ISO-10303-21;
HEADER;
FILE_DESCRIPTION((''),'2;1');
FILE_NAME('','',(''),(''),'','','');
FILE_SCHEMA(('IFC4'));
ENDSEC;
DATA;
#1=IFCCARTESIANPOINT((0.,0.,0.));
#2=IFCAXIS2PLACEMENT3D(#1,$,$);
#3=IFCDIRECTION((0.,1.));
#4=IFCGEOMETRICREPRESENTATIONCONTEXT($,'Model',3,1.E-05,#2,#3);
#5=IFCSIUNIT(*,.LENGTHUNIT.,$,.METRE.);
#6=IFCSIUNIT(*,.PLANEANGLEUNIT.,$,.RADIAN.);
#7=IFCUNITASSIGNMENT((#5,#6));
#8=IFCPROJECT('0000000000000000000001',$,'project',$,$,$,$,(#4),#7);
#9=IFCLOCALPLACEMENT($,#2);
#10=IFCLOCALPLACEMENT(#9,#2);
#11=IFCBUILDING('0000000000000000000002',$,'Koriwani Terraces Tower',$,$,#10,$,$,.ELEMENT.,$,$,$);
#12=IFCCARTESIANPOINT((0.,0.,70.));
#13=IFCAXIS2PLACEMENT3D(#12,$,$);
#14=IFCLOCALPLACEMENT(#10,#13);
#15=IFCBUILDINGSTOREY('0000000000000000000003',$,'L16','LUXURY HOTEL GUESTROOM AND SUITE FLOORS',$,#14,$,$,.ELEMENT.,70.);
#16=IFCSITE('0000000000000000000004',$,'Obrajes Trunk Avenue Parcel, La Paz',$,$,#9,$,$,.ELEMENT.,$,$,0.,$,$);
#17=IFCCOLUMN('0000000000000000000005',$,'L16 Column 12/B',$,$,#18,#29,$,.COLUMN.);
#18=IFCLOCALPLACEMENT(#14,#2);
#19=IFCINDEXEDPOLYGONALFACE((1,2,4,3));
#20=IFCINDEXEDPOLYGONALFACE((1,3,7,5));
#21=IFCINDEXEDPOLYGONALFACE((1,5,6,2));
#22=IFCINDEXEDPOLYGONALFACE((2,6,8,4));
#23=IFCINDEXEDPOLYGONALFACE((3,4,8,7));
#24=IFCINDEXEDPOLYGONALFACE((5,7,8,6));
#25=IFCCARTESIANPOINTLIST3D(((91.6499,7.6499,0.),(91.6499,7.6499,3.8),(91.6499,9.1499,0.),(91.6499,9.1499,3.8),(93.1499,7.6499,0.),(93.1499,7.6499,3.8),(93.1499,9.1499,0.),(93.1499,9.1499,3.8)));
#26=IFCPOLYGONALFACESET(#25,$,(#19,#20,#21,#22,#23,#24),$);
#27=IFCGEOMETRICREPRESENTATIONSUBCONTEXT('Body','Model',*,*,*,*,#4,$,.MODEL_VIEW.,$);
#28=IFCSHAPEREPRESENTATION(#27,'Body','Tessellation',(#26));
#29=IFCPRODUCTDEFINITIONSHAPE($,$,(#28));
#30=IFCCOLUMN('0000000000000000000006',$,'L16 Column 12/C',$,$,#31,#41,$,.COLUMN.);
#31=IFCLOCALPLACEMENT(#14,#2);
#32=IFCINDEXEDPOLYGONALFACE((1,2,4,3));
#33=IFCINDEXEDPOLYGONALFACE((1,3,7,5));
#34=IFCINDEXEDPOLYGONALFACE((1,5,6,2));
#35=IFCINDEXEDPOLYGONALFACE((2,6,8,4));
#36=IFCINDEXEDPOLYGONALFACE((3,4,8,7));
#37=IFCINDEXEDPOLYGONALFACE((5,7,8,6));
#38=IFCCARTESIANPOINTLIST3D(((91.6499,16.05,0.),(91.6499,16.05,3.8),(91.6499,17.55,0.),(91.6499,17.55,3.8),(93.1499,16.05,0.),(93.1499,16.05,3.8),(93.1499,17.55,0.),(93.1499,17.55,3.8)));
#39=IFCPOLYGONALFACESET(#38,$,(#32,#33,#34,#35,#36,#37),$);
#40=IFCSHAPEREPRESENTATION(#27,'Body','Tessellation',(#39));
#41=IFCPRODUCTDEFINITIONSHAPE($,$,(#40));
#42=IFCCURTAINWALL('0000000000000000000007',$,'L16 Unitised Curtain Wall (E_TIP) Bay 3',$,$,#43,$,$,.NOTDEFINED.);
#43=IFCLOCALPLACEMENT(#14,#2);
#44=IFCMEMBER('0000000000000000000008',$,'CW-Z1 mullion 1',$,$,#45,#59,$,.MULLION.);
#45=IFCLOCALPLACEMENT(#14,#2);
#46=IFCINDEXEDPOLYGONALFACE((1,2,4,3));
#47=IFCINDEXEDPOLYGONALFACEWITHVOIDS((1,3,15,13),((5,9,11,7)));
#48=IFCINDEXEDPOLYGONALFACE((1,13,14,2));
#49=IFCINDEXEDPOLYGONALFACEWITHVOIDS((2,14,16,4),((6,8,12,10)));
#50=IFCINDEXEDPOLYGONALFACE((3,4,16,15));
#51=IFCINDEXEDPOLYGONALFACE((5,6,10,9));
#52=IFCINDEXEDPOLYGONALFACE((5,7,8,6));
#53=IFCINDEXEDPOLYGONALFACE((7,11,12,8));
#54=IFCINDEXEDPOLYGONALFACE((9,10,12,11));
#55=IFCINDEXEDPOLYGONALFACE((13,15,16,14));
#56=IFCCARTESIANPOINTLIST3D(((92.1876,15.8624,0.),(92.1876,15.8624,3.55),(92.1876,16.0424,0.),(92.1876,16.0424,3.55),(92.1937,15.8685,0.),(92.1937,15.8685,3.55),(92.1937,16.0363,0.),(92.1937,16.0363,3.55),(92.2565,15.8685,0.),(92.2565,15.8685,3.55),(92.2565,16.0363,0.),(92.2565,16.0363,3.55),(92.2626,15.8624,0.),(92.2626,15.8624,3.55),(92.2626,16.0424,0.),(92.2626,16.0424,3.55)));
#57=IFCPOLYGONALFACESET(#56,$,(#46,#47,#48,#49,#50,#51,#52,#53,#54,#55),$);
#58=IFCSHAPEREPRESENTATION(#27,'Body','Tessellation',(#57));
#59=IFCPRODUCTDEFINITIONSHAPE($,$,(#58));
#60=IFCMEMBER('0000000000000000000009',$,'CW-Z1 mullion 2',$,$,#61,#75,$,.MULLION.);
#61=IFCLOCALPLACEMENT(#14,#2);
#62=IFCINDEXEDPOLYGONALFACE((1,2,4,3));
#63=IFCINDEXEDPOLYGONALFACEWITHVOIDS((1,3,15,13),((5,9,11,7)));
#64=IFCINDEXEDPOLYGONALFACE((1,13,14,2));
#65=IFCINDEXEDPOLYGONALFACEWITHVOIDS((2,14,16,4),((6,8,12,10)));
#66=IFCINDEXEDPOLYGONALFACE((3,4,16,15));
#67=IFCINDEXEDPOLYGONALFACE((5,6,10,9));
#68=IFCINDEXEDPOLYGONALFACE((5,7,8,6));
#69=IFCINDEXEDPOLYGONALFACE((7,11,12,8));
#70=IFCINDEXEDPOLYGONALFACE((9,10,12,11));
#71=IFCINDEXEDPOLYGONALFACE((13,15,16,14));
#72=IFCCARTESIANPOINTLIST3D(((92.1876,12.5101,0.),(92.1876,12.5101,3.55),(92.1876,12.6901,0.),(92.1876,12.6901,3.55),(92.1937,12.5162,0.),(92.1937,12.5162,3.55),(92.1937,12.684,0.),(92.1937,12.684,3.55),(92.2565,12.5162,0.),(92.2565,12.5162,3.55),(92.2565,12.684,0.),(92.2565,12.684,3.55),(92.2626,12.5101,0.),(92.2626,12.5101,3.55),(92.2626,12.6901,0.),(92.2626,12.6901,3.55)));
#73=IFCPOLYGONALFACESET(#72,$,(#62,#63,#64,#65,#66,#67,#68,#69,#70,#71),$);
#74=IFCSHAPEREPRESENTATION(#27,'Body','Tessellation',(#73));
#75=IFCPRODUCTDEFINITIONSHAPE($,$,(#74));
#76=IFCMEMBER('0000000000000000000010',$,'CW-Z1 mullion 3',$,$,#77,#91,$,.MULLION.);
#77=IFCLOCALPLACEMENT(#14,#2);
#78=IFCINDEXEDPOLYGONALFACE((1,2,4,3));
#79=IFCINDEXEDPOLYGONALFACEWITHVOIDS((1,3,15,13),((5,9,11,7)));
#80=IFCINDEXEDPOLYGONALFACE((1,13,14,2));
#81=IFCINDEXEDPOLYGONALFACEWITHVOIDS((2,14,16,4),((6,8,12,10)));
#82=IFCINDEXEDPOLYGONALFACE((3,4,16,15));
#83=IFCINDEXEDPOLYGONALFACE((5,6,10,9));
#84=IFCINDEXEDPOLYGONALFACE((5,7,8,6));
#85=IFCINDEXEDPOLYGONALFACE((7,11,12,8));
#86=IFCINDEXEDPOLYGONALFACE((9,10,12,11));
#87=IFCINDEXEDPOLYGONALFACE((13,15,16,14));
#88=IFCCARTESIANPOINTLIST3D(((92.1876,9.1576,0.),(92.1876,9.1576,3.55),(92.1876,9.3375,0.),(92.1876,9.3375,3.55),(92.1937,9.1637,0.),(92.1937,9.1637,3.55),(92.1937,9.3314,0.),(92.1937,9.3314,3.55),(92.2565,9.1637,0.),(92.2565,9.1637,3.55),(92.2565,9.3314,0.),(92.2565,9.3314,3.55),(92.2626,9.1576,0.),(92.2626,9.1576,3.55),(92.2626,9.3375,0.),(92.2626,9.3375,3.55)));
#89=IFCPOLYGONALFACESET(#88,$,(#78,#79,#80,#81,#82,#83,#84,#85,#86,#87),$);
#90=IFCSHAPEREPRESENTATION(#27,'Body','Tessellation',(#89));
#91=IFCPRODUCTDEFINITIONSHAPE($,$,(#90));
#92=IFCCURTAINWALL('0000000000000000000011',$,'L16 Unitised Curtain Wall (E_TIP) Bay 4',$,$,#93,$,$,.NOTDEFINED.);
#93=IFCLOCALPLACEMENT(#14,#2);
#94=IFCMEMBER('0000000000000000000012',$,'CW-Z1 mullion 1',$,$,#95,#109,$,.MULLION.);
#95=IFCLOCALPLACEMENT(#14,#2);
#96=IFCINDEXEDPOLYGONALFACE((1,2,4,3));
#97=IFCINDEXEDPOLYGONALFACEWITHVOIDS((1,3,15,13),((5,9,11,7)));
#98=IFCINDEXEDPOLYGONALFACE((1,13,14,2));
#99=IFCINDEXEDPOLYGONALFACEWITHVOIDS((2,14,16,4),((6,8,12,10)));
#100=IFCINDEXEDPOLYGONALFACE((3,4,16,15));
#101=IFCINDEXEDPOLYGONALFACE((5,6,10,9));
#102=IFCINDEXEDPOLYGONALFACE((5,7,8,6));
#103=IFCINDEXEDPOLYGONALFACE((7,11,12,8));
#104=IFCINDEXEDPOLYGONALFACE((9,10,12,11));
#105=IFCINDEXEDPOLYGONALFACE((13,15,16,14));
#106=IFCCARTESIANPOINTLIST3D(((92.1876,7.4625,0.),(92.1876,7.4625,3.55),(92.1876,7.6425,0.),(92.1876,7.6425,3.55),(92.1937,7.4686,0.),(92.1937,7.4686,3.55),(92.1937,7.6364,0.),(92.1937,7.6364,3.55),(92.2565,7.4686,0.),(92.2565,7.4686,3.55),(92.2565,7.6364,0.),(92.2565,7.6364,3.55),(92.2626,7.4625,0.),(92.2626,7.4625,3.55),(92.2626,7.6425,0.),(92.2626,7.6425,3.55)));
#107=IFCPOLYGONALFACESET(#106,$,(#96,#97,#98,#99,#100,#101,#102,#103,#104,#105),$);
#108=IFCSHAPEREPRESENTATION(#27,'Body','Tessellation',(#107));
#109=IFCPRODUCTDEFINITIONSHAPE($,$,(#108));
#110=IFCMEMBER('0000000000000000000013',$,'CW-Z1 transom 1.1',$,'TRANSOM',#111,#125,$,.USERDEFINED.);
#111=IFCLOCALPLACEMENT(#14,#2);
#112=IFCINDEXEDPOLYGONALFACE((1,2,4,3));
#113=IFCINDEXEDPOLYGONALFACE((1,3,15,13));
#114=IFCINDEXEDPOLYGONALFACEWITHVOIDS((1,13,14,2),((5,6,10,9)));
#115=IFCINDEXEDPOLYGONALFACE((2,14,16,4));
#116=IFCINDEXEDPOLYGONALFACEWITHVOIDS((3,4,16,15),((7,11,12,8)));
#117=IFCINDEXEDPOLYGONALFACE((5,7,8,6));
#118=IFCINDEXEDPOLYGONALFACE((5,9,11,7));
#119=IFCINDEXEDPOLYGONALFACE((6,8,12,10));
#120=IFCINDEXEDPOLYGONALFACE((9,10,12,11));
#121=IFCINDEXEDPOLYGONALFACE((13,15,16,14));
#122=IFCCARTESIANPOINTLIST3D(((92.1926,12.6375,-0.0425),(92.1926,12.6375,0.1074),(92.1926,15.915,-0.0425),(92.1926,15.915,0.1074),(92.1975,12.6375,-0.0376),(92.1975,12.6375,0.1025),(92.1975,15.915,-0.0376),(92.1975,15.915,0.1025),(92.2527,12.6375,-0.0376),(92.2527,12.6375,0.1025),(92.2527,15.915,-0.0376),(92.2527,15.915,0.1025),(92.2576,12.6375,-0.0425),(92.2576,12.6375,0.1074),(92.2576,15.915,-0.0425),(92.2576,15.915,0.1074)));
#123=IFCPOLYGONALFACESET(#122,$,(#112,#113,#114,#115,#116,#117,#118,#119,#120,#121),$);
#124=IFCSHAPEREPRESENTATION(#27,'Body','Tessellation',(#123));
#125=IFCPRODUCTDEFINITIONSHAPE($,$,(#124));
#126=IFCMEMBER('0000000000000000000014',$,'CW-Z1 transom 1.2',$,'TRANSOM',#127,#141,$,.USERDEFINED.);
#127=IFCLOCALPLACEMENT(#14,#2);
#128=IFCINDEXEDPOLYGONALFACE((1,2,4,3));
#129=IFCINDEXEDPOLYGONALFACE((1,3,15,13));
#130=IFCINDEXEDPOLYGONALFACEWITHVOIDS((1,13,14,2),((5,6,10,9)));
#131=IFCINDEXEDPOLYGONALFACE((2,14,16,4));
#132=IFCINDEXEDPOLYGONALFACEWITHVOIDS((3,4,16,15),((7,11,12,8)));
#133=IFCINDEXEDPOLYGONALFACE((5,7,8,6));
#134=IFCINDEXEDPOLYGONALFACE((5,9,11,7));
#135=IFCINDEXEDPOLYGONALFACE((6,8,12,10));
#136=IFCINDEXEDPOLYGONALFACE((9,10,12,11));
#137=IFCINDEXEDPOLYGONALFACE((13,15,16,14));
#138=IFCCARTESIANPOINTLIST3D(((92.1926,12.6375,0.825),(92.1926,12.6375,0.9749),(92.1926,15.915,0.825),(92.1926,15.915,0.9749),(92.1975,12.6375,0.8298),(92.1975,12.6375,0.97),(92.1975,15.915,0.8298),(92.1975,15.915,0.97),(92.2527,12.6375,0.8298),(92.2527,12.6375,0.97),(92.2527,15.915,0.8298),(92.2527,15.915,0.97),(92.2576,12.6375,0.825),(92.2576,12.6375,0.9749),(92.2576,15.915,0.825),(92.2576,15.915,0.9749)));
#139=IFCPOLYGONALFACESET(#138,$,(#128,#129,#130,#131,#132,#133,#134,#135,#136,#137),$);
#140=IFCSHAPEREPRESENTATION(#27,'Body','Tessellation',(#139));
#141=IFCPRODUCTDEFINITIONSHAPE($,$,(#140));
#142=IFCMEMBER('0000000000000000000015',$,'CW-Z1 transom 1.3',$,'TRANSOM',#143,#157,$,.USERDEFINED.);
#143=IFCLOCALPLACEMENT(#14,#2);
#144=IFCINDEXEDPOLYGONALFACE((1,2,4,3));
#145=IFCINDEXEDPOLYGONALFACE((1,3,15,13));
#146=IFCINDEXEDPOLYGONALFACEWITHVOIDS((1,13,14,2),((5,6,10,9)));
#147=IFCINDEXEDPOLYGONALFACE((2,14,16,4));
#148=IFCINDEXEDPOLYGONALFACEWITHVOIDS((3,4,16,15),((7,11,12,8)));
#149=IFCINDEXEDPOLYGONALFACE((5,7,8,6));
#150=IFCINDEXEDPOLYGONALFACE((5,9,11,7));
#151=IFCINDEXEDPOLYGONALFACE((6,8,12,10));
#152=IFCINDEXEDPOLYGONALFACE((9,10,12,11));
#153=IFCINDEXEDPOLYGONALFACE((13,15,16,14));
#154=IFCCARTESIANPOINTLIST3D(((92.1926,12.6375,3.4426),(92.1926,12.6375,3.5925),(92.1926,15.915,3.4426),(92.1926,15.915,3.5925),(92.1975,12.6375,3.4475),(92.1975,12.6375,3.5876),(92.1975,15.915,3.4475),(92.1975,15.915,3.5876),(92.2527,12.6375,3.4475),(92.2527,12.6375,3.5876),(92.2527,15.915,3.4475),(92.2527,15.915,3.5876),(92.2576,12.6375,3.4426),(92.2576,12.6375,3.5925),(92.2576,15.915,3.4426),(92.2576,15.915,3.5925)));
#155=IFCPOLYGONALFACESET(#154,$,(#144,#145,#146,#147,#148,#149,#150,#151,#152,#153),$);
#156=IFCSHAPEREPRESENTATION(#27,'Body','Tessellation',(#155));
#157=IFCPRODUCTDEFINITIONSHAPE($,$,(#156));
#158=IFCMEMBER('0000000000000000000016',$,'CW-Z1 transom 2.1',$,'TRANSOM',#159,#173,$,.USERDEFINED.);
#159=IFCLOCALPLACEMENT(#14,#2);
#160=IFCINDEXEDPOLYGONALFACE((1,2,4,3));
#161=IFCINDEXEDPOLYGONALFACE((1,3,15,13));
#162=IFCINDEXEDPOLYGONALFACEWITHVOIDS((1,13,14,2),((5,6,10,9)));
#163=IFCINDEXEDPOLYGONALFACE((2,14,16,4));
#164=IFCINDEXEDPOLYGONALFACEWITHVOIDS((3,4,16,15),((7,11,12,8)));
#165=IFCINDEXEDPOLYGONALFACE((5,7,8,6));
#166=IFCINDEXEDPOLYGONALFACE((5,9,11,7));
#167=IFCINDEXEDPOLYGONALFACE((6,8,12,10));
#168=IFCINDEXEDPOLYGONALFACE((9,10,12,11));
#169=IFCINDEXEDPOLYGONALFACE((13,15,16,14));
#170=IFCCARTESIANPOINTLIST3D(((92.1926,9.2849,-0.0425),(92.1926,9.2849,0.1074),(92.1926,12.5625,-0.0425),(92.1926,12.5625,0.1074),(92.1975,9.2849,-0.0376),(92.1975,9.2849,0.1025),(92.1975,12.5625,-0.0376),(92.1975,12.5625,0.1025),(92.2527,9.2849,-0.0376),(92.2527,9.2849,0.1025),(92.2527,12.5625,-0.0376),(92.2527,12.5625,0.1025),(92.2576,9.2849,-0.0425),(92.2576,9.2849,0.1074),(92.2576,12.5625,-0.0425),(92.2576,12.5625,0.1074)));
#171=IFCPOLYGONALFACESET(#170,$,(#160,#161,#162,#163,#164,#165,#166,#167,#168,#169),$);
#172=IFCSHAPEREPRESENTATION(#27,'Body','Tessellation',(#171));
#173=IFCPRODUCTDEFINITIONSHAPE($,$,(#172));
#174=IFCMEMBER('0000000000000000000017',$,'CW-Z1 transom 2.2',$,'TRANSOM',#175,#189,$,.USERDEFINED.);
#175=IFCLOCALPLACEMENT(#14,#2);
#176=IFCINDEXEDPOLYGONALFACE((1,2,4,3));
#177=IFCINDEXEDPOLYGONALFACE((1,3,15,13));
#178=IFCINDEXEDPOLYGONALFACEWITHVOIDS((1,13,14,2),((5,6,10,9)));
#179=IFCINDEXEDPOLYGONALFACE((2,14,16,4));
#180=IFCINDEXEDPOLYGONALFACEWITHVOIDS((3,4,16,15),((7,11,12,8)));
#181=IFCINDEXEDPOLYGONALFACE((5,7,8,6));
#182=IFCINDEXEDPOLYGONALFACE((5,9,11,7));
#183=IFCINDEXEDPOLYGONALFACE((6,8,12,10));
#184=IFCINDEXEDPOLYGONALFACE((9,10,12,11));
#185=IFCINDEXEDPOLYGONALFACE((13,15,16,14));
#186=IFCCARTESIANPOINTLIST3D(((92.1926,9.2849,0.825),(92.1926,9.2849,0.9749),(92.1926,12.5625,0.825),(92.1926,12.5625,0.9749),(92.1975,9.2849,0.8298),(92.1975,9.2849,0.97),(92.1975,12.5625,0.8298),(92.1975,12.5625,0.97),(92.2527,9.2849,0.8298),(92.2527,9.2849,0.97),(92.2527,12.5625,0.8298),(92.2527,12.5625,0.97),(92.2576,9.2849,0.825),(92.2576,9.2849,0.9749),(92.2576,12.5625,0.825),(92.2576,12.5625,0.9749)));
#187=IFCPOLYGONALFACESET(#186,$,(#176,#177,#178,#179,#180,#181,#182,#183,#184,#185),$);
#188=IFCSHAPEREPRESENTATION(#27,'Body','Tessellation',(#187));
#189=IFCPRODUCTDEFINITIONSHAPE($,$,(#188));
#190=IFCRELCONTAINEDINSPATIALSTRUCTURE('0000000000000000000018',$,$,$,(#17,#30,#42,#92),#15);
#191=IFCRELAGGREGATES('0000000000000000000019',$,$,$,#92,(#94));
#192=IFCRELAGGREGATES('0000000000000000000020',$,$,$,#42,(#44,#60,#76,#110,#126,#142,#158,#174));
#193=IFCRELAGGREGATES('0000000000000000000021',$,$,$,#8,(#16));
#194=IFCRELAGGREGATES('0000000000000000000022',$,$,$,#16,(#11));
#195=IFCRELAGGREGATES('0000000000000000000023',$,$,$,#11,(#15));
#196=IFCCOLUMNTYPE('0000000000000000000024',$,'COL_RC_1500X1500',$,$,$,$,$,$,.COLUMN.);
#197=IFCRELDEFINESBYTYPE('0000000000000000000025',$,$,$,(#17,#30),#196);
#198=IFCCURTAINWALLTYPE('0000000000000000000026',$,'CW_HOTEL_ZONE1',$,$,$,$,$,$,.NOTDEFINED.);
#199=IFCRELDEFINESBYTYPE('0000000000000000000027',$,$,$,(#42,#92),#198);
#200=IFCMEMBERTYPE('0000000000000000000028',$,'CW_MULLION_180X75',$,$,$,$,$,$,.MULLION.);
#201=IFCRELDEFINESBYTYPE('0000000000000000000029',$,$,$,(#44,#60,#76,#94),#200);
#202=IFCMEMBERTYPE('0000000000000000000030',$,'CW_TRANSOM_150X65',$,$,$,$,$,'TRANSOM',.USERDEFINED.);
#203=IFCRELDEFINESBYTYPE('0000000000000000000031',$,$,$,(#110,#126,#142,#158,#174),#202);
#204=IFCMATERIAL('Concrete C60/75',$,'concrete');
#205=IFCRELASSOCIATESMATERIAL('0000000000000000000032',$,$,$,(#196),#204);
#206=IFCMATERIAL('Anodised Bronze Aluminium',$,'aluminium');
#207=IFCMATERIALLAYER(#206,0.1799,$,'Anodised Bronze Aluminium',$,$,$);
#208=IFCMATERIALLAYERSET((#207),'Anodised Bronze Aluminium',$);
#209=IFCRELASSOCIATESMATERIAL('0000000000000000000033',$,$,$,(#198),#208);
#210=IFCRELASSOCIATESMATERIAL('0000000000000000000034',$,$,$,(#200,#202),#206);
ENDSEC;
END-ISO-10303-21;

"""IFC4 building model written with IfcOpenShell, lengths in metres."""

from ifc_helpers import new_model, si_unit, direction, frame, origin, origin_2d, place, context, subcontext, project, spatial, rectangle, hollow_rectangle, extrude, material, layer, layer_set, material_profile, profile_set, type_object, element, aggregate, save


model = new_model("IFC4")

# Units and contexts
model_context = context("Model", 3, precision=1e-05, world=origin(), true_north=direction((0.0, 1.0)))
body_context = subcontext(model_context, "Body", "Model", "MODEL_VIEW")
ifc_project = project(units=[si_unit("LENGTHUNIT", "METRE"), si_unit("PLANEANGLEUNIT", "RADIAN")], contexts=[model_context])

# Site, building, storey
site_placement = place(None, origin())
site = spatial("IfcSite", under=ifc_project, at=site_placement, Name="Obrajes Trunk Avenue Parcel, La Paz", CompositionType="ELEMENT", RefElevation=0.0)
building_placement = place(site_placement, origin())
building = spatial("IfcBuilding", under=site, at=building_placement, Name="Koriwani Terraces Tower", CompositionType="ELEMENT")
storey_placement = place(building_placement, frame((0.0, 0.0, 70.0)))
storey = spatial("IfcBuildingStorey", under=building, at=storey_placement, Name="L16", Description="LUXURY HOTEL GUESTROOM AND SUITE FLOORS", CompositionType="ELEMENT", Elevation=70.0)

# Columns
ifc_material_1 = material(Name="Concrete C60/75", Category="concrete")
ifc_material_profile_1 = material_profile(ifc_material_1, rectangle(XDim=1.5, YDim=1.5, at=origin_2d()), Name="Concrete C60/75", Category="LoadBearing")
ifc_profile_set_1 = profile_set([ifc_material_profile_1], Name="Concrete C60/75")
column_type = type_object("IfcColumnType", Name="COL_RC_1500X1500", PredefinedType="COLUMN", material=ifc_profile_set_1)
for number, where, z_axis, x_axis, name in (
    (1, (92.3999, 8.3999, 0.0), (0.0, 0.0, 1.0), (1.0, 0.0, 0.0), "L16 Column 12/B"),
    (2, (92.3999, 16.8, 0.0), (0.0, 0.0, 1.0), (1.0, 0.0, 0.0), "L16 Column 12/C"),
):
    element("IfcColumn", number, at=place(storey_placement, frame(where, z_axis=z_axis, x_axis=x_axis)), inside=storey, type_object=column_type, Name=name, PredefinedType="COLUMN", context=body_context, shape_type="SweptSolid", body=[
        extrude(rectangle(XDim=1.5, YDim=1.5, at=origin_2d()), origin(), (0.0, 0.0, 1.0), 3.8),
    ])

# Curtain wall, members
ifc_material_2 = material(Name="Anodised Bronze Aluminium", Category="aluminium")
ifc_layer_1 = layer(ifc_material_2, 0.1799, Name="Anodised Bronze Aluminium")
ifc_layer_set_1 = layer_set([ifc_layer_1], Name="Anodised Bronze Aluminium")
curtain_wall_type = type_object("IfcCurtainWallType", Name="CW_HOTEL_ZONE1", PredefinedType="NOTDEFINED", material=ifc_layer_set_1)
curtain_wall_1_placement = place(storey_placement, origin())
curtain_wall_1 = element("IfcCurtainWall", 3, at=curtain_wall_1_placement, inside=storey, type_object=curtain_wall_type, Name="L16 Unitised Curtain Wall (E_TIP) Bay 3", PredefinedType="NOTDEFINED")
ifc_material_profile_2 = material_profile(ifc_material_2, hollow_rectangle(XDim=0.075, YDim=0.1799, WallThickness=0.0061, at=origin_2d()), Name="Anodised Bronze Aluminium", Category="LoadBearing")
ifc_profile_set_2 = profile_set([ifc_material_profile_2], Name="Anodised Bronze Aluminium")
member_type_1 = type_object("IfcMemberType", Name="CW_MULLION_180X75", PredefinedType="MULLION", material=ifc_profile_set_2)
member_1_placement = place(storey_placement, frame((92.2251, 15.9524, 0.0), z_axis=(0.0, 0.0, 1.0), x_axis=(1.0, 0.0, 0.0)))
member_1 = element("IfcMember", 4, at=member_1_placement, type_object=member_type_1, Name="CW-Z1 mullion 1", PredefinedType="MULLION", context=body_context, shape_type="SweptSolid", body=[
    extrude(hollow_rectangle(XDim=0.075, YDim=0.1799, WallThickness=0.0061, at=origin_2d()), origin(), (0.0, 0.0, 1.0), 3.55),
])
member_2_placement = place(storey_placement, frame((92.2251, 12.6001, 0.0), z_axis=(0.0, 0.0, 1.0), x_axis=(1.0, 0.0, 0.0)))
member_2 = element("IfcMember", 5, at=member_2_placement, type_object=member_type_1, Name="CW-Z1 mullion 2", PredefinedType="MULLION", context=body_context, shape_type="SweptSolid", body=[
    extrude(hollow_rectangle(XDim=0.075, YDim=0.1799, WallThickness=0.0061, at=origin_2d()), origin(), (0.0, 0.0, 1.0), 3.55),
])
member_3_placement = place(storey_placement, frame((92.2251, 9.2476, 0.0), z_axis=(0.0, 0.0, 1.0), x_axis=(1.0, 0.0, 0.0)))
member_3 = element("IfcMember", 6, at=member_3_placement, type_object=member_type_1, Name="CW-Z1 mullion 3", PredefinedType="MULLION", context=body_context, shape_type="SweptSolid", body=[
    extrude(hollow_rectangle(XDim=0.075, YDim=0.1799, WallThickness=0.0061, at=origin_2d()), origin(), (0.0, 0.0, 1.0), 3.55),
])

# Curtain wall, member
curtain_wall_2_placement = place(storey_placement, origin())
curtain_wall_2 = element("IfcCurtainWall", 7, at=curtain_wall_2_placement, inside=storey, type_object=curtain_wall_type, Name="L16 Unitised Curtain Wall (E_TIP) Bay 4", PredefinedType="NOTDEFINED")
member_4_placement = place(storey_placement, frame((92.2251, 7.5525, 0.0), z_axis=(0.0, 0.0, 1.0), x_axis=(1.0, 0.0, 0.0)))
member_4 = element("IfcMember", 8, at=member_4_placement, type_object=member_type_1, Name="CW-Z1 mullion 1", PredefinedType="MULLION", context=body_context, shape_type="SweptSolid", body=[
    extrude(hollow_rectangle(XDim=0.075, YDim=0.1799, WallThickness=0.0061, at=origin_2d()), origin(), (0.0, 0.0, 1.0), 3.55),
])
aggregate(curtain_wall_2, [member_4])

# Members
ifc_material_profile_3 = material_profile(ifc_material_2, hollow_rectangle(XDim=0.0649, YDim=0.1499, WallThickness=0.0049, at=origin_2d()), Name="Anodised Bronze Aluminium", Category="LoadBearing")
ifc_profile_set_3 = profile_set([ifc_material_profile_3], Name="Anodised Bronze Aluminium")
member_type_2 = type_object("IfcMemberType", Name="CW_TRANSOM_150X65", ElementType="TRANSOM", PredefinedType="USERDEFINED", material=ifc_profile_set_3)
member_5_placement = place(storey_placement, frame((92.2251, 15.915, 0.0325), z_axis=(0.0, -1.0, 0.0), x_axis=(1.0, 0.0, 0.0)))
member_5 = element("IfcMember", 9, at=member_5_placement, type_object=member_type_2, Name="CW-Z1 transom 1.1", ObjectType="TRANSOM", PredefinedType="USERDEFINED", context=body_context, shape_type="SweptSolid", body=[
    extrude(hollow_rectangle(XDim=0.0649, YDim=0.1499, WallThickness=0.0049, at=origin_2d()), origin(), (0.0, 0.0, 1.0), 3.2776),
])
member_6_placement = place(storey_placement, frame((92.2251, 15.915, 0.8999), z_axis=(0.0, -1.0, 0.0), x_axis=(1.0, 0.0, 0.0)))
member_6 = element("IfcMember", 10, at=member_6_placement, type_object=member_type_2, Name="CW-Z1 transom 1.2", ObjectType="TRANSOM", PredefinedType="USERDEFINED", context=body_context, shape_type="SweptSolid", body=[
    extrude(hollow_rectangle(XDim=0.0649, YDim=0.1499, WallThickness=0.0049, at=origin_2d()), origin(), (0.0, 0.0, 1.0), 3.2776),
])
member_7_placement = place(storey_placement, frame((92.2251, 15.915, 3.5176), z_axis=(0.0, -1.0, 0.0), x_axis=(1.0, 0.0, 0.0)))
member_7 = element("IfcMember", 11, at=member_7_placement, type_object=member_type_2, Name="CW-Z1 transom 1.3", ObjectType="TRANSOM", PredefinedType="USERDEFINED", context=body_context, shape_type="SweptSolid", body=[
    extrude(hollow_rectangle(XDim=0.0649, YDim=0.1499, WallThickness=0.0049, at=origin_2d()), origin(), (0.0, 0.0, 1.0), 3.2776),
])
member_8_placement = place(storey_placement, frame((92.2251, 12.5625, 0.0325), z_axis=(0.0, -1.0, 0.0), x_axis=(1.0, 0.0, 0.0)))
member_8 = element("IfcMember", 12, at=member_8_placement, type_object=member_type_2, Name="CW-Z1 transom 2.1", ObjectType="TRANSOM", PredefinedType="USERDEFINED", context=body_context, shape_type="SweptSolid", body=[
    extrude(hollow_rectangle(XDim=0.0649, YDim=0.1499, WallThickness=0.0049, at=origin_2d()), origin(), (0.0, 0.0, 1.0), 3.2776),
])
member_9_placement = place(storey_placement, frame((92.2251, 12.5625, 0.8999), z_axis=(0.0, -1.0, 0.0), x_axis=(1.0, 0.0, 0.0)))
member_9 = element("IfcMember", 13, at=member_9_placement, type_object=member_type_2, Name="CW-Z1 transom 2.2", ObjectType="TRANSOM", PredefinedType="USERDEFINED", context=body_context, shape_type="SweptSolid", body=[
    extrude(hollow_rectangle(XDim=0.0649, YDim=0.1499, WallThickness=0.0049, at=origin_2d()), origin(), (0.0, 0.0, 1.0), 3.2776),
])

aggregate(curtain_wall_1, [member_1, member_2, member_3, member_5, member_6, member_7, member_8, member_9])

save(model, "model.ifc")
